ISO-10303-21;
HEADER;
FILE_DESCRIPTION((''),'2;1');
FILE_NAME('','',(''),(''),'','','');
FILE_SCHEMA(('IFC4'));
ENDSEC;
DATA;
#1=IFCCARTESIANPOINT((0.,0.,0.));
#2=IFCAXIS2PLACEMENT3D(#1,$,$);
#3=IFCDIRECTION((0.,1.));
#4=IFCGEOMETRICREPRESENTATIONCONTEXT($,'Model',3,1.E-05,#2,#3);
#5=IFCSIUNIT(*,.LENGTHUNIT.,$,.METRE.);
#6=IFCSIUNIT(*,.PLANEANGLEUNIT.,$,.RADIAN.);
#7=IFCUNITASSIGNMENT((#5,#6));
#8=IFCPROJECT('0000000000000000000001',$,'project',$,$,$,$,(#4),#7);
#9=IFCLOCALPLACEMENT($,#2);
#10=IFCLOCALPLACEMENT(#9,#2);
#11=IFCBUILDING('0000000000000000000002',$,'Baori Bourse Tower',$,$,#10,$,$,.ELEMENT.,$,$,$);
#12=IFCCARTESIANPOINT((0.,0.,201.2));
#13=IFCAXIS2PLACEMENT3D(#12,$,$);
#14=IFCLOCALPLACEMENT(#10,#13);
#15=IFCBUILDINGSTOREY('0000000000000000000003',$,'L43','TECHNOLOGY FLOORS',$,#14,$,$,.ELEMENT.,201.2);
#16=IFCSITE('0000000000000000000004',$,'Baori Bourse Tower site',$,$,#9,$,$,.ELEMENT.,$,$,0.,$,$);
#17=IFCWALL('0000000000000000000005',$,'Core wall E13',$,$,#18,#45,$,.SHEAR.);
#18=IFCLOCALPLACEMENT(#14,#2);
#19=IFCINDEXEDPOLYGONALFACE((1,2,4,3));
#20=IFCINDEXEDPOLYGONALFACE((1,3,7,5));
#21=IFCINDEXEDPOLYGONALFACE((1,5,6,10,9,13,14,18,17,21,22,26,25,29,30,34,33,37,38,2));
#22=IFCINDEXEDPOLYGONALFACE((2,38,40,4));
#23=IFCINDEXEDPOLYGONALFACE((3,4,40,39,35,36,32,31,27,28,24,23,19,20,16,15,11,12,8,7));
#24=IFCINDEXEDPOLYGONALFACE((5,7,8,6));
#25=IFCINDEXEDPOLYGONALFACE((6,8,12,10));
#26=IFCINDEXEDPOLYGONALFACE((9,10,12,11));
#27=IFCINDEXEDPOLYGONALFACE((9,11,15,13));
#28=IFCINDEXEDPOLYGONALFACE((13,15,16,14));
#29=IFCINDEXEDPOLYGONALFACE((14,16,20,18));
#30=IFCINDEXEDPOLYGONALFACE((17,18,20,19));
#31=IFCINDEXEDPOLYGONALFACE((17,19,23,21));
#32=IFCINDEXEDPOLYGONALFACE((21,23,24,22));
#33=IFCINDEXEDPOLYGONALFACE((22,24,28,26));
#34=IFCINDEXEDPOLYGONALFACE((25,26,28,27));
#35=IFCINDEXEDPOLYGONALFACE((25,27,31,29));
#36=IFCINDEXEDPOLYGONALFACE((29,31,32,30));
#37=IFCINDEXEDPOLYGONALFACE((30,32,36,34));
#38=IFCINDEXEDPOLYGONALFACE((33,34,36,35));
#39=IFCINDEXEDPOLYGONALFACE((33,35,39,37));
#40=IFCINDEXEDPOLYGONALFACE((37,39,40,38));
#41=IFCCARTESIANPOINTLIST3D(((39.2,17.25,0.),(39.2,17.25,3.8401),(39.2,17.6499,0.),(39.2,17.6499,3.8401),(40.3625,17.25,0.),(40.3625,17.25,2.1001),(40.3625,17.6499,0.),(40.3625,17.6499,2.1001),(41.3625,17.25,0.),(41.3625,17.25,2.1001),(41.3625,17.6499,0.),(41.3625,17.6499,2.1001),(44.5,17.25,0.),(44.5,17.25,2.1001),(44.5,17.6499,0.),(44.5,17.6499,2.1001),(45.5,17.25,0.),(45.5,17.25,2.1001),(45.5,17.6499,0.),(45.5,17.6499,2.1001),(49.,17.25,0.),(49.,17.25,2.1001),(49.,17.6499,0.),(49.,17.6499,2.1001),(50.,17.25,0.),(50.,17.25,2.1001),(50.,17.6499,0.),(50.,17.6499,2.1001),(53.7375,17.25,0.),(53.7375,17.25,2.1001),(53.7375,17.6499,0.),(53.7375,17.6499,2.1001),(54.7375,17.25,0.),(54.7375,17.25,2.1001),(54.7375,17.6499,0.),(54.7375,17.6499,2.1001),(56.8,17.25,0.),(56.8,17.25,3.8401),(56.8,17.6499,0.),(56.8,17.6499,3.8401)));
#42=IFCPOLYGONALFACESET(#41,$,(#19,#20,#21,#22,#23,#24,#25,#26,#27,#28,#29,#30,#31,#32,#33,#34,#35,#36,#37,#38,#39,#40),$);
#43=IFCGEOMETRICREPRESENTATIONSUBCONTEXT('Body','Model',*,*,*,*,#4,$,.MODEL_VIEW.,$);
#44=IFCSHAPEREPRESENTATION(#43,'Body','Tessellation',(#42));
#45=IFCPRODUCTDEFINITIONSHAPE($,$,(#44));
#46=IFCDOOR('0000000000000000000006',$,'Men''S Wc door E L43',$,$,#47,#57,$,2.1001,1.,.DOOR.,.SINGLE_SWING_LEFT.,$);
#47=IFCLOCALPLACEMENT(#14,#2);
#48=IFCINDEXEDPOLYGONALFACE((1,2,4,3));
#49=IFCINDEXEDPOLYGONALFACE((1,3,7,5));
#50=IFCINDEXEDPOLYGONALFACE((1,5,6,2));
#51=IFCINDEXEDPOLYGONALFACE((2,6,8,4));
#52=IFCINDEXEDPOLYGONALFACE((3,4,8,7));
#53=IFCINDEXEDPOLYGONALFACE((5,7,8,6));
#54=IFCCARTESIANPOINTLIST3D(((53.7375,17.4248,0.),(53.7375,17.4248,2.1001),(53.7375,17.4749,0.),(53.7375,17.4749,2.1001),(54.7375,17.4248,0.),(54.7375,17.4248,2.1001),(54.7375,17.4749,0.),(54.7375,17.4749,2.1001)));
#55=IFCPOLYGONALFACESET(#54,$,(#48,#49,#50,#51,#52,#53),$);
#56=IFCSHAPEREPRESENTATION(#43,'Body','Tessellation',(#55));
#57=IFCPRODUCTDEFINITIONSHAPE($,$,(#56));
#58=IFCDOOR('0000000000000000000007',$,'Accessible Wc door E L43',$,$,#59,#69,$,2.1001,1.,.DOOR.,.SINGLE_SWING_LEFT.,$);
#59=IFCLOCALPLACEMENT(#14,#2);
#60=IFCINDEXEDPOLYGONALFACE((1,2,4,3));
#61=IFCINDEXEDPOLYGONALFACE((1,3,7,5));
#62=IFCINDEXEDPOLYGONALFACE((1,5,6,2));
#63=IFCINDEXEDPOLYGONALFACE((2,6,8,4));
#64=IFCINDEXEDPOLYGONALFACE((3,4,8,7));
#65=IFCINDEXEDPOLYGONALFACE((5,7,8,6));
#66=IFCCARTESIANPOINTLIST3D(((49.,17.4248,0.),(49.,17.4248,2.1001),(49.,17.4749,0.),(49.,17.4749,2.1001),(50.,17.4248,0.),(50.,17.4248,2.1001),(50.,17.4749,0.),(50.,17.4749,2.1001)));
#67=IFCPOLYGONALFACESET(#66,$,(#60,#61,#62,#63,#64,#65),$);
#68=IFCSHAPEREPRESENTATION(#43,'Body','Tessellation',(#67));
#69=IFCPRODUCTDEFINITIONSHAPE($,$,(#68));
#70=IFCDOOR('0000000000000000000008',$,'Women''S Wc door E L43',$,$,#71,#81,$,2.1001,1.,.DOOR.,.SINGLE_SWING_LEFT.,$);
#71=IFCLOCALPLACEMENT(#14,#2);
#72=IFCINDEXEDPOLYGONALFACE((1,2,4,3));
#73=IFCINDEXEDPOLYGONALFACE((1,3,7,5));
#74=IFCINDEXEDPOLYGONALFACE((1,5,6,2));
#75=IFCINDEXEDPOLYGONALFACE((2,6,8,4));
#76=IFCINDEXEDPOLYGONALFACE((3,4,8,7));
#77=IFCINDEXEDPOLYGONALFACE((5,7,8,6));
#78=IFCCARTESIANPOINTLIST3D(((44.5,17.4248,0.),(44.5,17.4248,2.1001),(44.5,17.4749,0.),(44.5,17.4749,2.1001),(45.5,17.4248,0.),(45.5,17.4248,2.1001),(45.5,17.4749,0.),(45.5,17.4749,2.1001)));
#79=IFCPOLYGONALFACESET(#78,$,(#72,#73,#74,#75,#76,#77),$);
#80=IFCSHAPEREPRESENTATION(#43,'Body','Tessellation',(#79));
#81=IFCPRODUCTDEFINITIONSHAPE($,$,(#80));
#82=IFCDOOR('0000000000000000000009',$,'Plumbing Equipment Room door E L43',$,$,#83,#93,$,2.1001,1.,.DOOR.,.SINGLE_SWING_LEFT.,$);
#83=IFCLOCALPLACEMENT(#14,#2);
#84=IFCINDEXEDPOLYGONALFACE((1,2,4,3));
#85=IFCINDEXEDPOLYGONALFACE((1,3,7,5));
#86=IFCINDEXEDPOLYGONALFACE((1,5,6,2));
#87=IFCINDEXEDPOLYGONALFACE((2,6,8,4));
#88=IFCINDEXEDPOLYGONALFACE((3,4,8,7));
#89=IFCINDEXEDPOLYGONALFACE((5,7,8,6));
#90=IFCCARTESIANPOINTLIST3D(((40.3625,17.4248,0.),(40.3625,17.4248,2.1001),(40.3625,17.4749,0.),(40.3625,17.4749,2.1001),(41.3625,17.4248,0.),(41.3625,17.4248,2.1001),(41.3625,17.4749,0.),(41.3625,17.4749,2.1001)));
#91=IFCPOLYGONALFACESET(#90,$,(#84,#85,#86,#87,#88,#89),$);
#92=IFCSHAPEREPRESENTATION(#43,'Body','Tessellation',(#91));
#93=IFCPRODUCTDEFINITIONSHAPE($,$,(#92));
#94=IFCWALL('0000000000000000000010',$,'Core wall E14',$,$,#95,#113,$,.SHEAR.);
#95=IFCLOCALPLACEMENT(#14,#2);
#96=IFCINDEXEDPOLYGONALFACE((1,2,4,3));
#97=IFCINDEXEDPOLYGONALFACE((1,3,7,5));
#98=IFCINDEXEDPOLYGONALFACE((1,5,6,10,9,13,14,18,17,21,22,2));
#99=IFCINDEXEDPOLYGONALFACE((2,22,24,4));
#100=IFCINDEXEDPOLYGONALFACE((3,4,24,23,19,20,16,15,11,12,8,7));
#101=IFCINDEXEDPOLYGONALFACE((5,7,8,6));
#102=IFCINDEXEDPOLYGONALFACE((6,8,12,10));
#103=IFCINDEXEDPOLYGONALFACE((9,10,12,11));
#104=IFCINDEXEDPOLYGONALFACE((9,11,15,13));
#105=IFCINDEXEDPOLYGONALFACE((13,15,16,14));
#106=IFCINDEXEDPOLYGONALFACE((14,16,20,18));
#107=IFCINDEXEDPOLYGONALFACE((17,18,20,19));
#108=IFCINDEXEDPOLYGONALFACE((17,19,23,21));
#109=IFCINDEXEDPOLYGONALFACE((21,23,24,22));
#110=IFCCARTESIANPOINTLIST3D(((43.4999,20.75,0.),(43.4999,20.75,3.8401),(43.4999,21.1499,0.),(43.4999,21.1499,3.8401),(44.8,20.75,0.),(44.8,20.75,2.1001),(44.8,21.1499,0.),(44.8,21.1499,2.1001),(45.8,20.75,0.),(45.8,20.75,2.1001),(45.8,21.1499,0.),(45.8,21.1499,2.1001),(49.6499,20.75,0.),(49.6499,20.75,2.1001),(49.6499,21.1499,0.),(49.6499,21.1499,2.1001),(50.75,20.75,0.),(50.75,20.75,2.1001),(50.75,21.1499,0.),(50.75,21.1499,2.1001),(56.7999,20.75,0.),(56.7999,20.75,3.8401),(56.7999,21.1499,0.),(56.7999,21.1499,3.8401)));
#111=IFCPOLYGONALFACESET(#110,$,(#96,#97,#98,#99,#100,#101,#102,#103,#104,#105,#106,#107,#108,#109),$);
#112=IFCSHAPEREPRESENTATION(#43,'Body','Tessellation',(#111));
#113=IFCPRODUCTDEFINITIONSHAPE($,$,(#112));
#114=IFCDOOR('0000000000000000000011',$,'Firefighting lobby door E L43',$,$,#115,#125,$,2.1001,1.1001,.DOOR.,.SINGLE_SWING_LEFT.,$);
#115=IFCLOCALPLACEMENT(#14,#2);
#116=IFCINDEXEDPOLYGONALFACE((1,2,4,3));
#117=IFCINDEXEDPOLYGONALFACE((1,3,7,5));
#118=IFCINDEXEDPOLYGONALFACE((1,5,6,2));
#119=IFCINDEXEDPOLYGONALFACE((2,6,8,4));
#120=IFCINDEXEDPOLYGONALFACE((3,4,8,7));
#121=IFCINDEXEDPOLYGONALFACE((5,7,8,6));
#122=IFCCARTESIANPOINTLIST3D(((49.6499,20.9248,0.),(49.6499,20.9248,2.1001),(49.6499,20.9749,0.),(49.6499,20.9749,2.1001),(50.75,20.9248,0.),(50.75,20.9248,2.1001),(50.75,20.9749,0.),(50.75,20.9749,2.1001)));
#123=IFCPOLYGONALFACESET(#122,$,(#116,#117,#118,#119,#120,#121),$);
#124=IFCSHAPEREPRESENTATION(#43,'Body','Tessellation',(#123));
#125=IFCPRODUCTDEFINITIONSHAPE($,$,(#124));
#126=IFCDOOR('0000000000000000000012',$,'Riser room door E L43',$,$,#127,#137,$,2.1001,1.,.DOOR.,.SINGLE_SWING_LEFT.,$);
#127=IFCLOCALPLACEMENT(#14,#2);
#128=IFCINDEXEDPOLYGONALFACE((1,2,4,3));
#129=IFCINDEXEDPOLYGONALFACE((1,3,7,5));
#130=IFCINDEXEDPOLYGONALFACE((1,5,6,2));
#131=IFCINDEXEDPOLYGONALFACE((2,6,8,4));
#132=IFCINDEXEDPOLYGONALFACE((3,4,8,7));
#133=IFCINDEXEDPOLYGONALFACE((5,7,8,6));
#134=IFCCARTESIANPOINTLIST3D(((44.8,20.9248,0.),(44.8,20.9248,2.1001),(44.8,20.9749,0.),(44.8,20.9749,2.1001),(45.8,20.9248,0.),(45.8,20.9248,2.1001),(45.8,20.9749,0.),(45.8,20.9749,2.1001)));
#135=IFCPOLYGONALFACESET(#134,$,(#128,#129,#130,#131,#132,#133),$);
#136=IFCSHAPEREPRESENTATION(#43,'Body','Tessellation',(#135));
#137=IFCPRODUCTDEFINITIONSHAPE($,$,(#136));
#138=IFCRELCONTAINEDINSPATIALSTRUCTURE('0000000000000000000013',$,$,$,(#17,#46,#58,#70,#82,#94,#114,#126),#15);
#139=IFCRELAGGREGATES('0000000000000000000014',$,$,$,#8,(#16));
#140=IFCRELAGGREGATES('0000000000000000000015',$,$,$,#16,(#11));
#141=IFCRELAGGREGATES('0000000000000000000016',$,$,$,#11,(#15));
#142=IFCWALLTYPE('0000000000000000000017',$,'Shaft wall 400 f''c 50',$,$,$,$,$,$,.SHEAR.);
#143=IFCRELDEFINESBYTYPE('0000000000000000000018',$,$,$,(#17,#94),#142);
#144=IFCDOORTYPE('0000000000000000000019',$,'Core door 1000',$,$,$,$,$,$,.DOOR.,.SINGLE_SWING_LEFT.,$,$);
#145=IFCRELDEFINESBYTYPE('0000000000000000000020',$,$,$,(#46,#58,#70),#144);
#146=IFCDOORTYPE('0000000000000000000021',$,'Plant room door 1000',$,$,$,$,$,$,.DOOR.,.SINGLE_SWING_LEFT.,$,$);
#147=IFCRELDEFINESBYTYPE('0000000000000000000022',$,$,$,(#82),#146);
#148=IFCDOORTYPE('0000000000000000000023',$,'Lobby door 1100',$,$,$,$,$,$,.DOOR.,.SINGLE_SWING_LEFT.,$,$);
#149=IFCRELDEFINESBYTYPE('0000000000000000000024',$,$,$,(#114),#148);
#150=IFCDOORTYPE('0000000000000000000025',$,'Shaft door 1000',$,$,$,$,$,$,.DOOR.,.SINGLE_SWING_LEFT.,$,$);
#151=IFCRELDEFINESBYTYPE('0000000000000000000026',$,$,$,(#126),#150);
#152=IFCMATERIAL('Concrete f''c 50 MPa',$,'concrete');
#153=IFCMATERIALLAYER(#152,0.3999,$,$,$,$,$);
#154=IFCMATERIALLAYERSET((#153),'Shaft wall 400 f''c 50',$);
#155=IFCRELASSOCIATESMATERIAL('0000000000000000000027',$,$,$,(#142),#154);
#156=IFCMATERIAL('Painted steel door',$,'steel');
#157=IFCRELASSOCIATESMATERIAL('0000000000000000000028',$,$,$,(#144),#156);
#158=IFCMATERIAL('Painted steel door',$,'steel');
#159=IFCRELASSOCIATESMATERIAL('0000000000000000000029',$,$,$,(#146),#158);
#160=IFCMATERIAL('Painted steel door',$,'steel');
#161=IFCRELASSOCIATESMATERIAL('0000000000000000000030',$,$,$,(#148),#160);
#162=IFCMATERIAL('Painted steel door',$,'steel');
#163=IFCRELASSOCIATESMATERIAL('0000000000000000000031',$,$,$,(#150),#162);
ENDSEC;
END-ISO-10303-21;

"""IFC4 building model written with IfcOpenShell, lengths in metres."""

from ifc_helpers import new_model, si_unit, direction, frame, frame_2d, origin, place, context, subcontext, project, spatial, rectangle, extrude, material, layer, layer_set, type_object, element, fill, save


model = new_model("IFC4")

# Units and contexts
model_context = context("Model", 3, precision=1e-05, world=origin(), true_north=direction((0.0, 1.0)))
body_context = subcontext(model_context, "Body", "Model", "MODEL_VIEW")
ifc_project = project(units=[si_unit("LENGTHUNIT", "METRE"), si_unit("PLANEANGLEUNIT", "RADIAN")], contexts=[model_context])

# Site, building, storey
site_placement = place(None, origin())
site = spatial("IfcSite", under=ifc_project, at=site_placement, Name="Baori Bourse Tower site", CompositionType="ELEMENT", RefElevation=0.0)
building_placement = place(site_placement, origin())
building = spatial("IfcBuilding", under=site, at=building_placement, Name="Baori Bourse Tower", CompositionType="ELEMENT")
storey_placement = place(building_placement, frame((0.0, 0.0, 201.2)))
storey = spatial("IfcBuildingStorey", under=building, at=storey_placement, Name="L43", Description="TECHNOLOGY FLOORS", CompositionType="ELEMENT", Elevation=201.2)

# Shared definitions
ifc_material_1 = material(Name="Concrete f'c 50 MPa", Category="concrete")
ifc_layer_1 = layer(ifc_material_1, 0.3999)
ifc_layer_set_1 = layer_set([ifc_layer_1], Name="Shaft wall 400 f'c 50")
wall_type_1 = type_object("IfcWallType", Name="Shaft wall 400 f'c 50", PredefinedType="SHEAR", material=ifc_layer_set_1)

# Walls, openings, doors
wall_1_placement = place(storey_placement, frame((39.2, 17.45, 0.0), z_axis=(0.0, 0.0, 1.0), x_axis=(1.0, 0.0, 0.0)))
wall_1 = element("IfcWall", 1, at=wall_1_placement, inside=storey, type_object=wall_type_1, Name="Core wall E13", PredefinedType="SHEAR", context=body_context, shape_type="SweptSolid", body=[
    extrude(rectangle(XDim=17.6001, YDim=0.3999, at=frame_2d((8.8, 0.0))), origin(), (0.0, 0.0, 1.0), 3.8401),
])
opening_1_placement = place(wall_1_placement, frame((14.5376, 0.0, 0.0)))
opening_1 = element("IfcOpeningElement", 2, at=opening_1_placement, cuts=wall_1, PredefinedType="OPENING", context=body_context, shape_type="SweptSolid", body=[
    extrude(rectangle(XDim=1.0, YDim=2.1001, at=frame_2d((0.5, 1.05))), frame((0.0, 0.21, 0.0), z_axis=(0.0, -1.0, 0.0), x_axis=(1.0, 0.0, 0.0)), (0.0, 0.0, 1.0), 0.4199),
])
opening_2_placement = place(wall_1_placement, frame((9.8, 0.0, 0.0)))
opening_2 = element("IfcOpeningElement", 3, at=opening_2_placement, cuts=wall_1, PredefinedType="OPENING", context=body_context, shape_type="SweptSolid", body=[
    extrude(rectangle(XDim=1.0, YDim=2.1001, at=frame_2d((0.5, 1.05))), frame((0.0, 0.21, 0.0), z_axis=(0.0, -1.0, 0.0), x_axis=(1.0, 0.0, 0.0)), (0.0, 0.0, 1.0), 0.4199),
])
opening_3_placement = place(wall_1_placement, frame((5.3, 0.0, 0.0)))
opening_3 = element("IfcOpeningElement", 4, at=opening_3_placement, cuts=wall_1, PredefinedType="OPENING", context=body_context, shape_type="SweptSolid", body=[
    extrude(rectangle(XDim=1.0, YDim=2.1001, at=frame_2d((0.5, 1.05))), frame((0.0, 0.21, 0.0), z_axis=(0.0, -1.0, 0.0), x_axis=(1.0, 0.0, 0.0)), (0.0, 0.0, 1.0), 0.4199),
])
opening_4_placement = place(wall_1_placement, frame((1.1626, 0.0, 0.0)))
opening_4 = element("IfcOpeningElement", 5, at=opening_4_placement, cuts=wall_1, PredefinedType="OPENING", context=body_context, shape_type="SweptSolid", body=[
    extrude(rectangle(XDim=1.0, YDim=2.1001, at=frame_2d((0.5, 1.05))), frame((0.0, 0.21, 0.0), z_axis=(0.0, -1.0, 0.0), x_axis=(1.0, 0.0, 0.0)), (0.0, 0.0, 1.0), 0.4199),
])
ifc_material_2 = material(Name="Painted steel door", Category="steel")
door_type_1 = type_object("IfcDoorType", Name="Core door 1000", OperationType="SINGLE_SWING_LEFT", PredefinedType="DOOR", material=ifc_material_2)
door_1_placement = place(opening_1_placement, origin())
door_1 = element("IfcDoor", 6, at=door_1_placement, inside=storey, type_object=door_type_1, Name="Men'S Wc door E L43", OperationType="SINGLE_SWING_LEFT", OverallHeight=2.1001, OverallWidth=1.0, PredefinedType="DOOR", context=body_context, shape_type="SweptSolid", body=[
    extrude(rectangle(XDim=1.0, YDim=2.1001, at=frame_2d((0.5, 1.05))), frame((0.0, 0.0249, 0.0), z_axis=(0.0, -1.0, 0.0), x_axis=(1.0, 0.0, 0.0)), (0.0, 0.0, 1.0), 0.05),
])
fill(opening_1, door_1)
door_2_placement = place(opening_2_placement, origin())
door_2 = element("IfcDoor", 7, at=door_2_placement, inside=storey, type_object=door_type_1, Name="Accessible Wc door E L43", OperationType="SINGLE_SWING_LEFT", OverallHeight=2.1001, OverallWidth=1.0, PredefinedType="DOOR", context=body_context, shape_type="SweptSolid", body=[
    extrude(rectangle(XDim=1.0, YDim=2.1001, at=frame_2d((0.5, 1.05))), frame((0.0, 0.0249, 0.0), z_axis=(0.0, -1.0, 0.0), x_axis=(1.0, 0.0, 0.0)), (0.0, 0.0, 1.0), 0.05),
])
fill(opening_2, door_2)
door_3_placement = place(opening_3_placement, origin())
door_3 = element("IfcDoor", 8, at=door_3_placement, inside=storey, type_object=door_type_1, Name="Women'S Wc door E L43", OperationType="SINGLE_SWING_LEFT", OverallHeight=2.1001, OverallWidth=1.0, PredefinedType="DOOR", context=body_context, shape_type="SweptSolid", body=[
    extrude(rectangle(XDim=1.0, YDim=2.1001, at=frame_2d((0.5, 1.05))), frame((0.0, 0.0249, 0.0), z_axis=(0.0, -1.0, 0.0), x_axis=(1.0, 0.0, 0.0)), (0.0, 0.0, 1.0), 0.05),
])
fill(opening_3, door_3)
ifc_material_3 = material(Name="Painted steel door", Category="steel")
door_type_2 = type_object("IfcDoorType", Name="Plant room door 1000", OperationType="SINGLE_SWING_LEFT", PredefinedType="DOOR", material=ifc_material_3)
door_4_placement = place(opening_4_placement, origin())
door_4 = element("IfcDoor", 9, at=door_4_placement, inside=storey, type_object=door_type_2, Name="Plumbing Equipment Room door E L43", OperationType="SINGLE_SWING_LEFT", OverallHeight=2.1001, OverallWidth=1.0, PredefinedType="DOOR", context=body_context, shape_type="SweptSolid", body=[
    extrude(rectangle(XDim=1.0, YDim=2.1001, at=frame_2d((0.5, 1.05))), frame((0.0, 0.0249, 0.0), z_axis=(0.0, -1.0, 0.0), x_axis=(1.0, 0.0, 0.0)), (0.0, 0.0, 1.0), 0.05),
])
fill(opening_4, door_4)
wall_2_placement = place(storey_placement, frame((43.5, 20.95, 0.0), z_axis=(0.0, 0.0, 1.0), x_axis=(1.0, 0.0, 0.0)))
wall_2 = element("IfcWall", 10, at=wall_2_placement, inside=storey, type_object=wall_type_1, Name="Core wall E14", PredefinedType="SHEAR", context=body_context, shape_type="SweptSolid", body=[
    extrude(rectangle(XDim=13.3, YDim=0.3999, at=frame_2d((6.6499, 0.0))), origin(), (0.0, 0.0, 1.0), 3.8401),
])
opening_5_placement = place(wall_2_placement, frame((6.1499, 0.0, 0.0)))
opening_5 = element("IfcOpeningElement", 11, at=opening_5_placement, cuts=wall_2, PredefinedType="OPENING", context=body_context, shape_type="SweptSolid", body=[
    extrude(rectangle(XDim=1.1001, YDim=2.1001, at=frame_2d((0.55, 1.05))), frame((0.0, 0.21, 0.0), z_axis=(0.0, -1.0, 0.0), x_axis=(1.0, 0.0, 0.0)), (0.0, 0.0, 1.0), 0.4199),
])
opening_6_placement = place(wall_2_placement, frame((1.3, 0.0, 0.0)))
opening_6 = element("IfcOpeningElement", 12, at=opening_6_placement, cuts=wall_2, PredefinedType="OPENING", context=body_context, shape_type="SweptSolid", body=[
    extrude(rectangle(XDim=1.0, YDim=2.1001, at=frame_2d((0.5, 1.05))), frame((0.0, 0.21, 0.0), z_axis=(0.0, -1.0, 0.0), x_axis=(1.0, 0.0, 0.0)), (0.0, 0.0, 1.0), 0.4199),
])
ifc_material_4 = material(Name="Painted steel door", Category="steel")
door_type_3 = type_object("IfcDoorType", Name="Lobby door 1100", OperationType="SINGLE_SWING_LEFT", PredefinedType="DOOR", material=ifc_material_4)
door_5_placement = place(opening_5_placement, origin())
door_5 = element("IfcDoor", 13, at=door_5_placement, inside=storey, type_object=door_type_3, Name="Firefighting lobby door E L43", OperationType="SINGLE_SWING_LEFT", OverallHeight=2.1001, OverallWidth=1.1001, PredefinedType="DOOR", context=body_context, shape_type="SweptSolid", body=[
    extrude(rectangle(XDim=1.1001, YDim=2.1001, at=frame_2d((0.55, 1.05))), frame((0.0, 0.0249, 0.0), z_axis=(0.0, -1.0, 0.0), x_axis=(1.0, 0.0, 0.0)), (0.0, 0.0, 1.0), 0.05),
])
fill(opening_5, door_5)
ifc_material_5 = material(Name="Painted steel door", Category="steel")
door_type_4 = type_object("IfcDoorType", Name="Shaft door 1000", OperationType="SINGLE_SWING_LEFT", PredefinedType="DOOR", material=ifc_material_5)
door_6_placement = place(opening_6_placement, origin())
door_6 = element("IfcDoor", 14, at=door_6_placement, inside=storey, type_object=door_type_4, Name="Riser room door E L43", OperationType="SINGLE_SWING_LEFT", OverallHeight=2.1001, OverallWidth=1.0, PredefinedType="DOOR", context=body_context, shape_type="SweptSolid", body=[
    extrude(rectangle(XDim=1.0, YDim=2.1001, at=frame_2d((0.5, 1.05))), frame((0.0, 0.0249, 0.0), z_axis=(0.0, -1.0, 0.0), x_axis=(1.0, 0.0, 0.0)), (0.0, 0.0, 1.0), 0.05),
])
fill(opening_6, door_6)

save(model, "model.ifc")
